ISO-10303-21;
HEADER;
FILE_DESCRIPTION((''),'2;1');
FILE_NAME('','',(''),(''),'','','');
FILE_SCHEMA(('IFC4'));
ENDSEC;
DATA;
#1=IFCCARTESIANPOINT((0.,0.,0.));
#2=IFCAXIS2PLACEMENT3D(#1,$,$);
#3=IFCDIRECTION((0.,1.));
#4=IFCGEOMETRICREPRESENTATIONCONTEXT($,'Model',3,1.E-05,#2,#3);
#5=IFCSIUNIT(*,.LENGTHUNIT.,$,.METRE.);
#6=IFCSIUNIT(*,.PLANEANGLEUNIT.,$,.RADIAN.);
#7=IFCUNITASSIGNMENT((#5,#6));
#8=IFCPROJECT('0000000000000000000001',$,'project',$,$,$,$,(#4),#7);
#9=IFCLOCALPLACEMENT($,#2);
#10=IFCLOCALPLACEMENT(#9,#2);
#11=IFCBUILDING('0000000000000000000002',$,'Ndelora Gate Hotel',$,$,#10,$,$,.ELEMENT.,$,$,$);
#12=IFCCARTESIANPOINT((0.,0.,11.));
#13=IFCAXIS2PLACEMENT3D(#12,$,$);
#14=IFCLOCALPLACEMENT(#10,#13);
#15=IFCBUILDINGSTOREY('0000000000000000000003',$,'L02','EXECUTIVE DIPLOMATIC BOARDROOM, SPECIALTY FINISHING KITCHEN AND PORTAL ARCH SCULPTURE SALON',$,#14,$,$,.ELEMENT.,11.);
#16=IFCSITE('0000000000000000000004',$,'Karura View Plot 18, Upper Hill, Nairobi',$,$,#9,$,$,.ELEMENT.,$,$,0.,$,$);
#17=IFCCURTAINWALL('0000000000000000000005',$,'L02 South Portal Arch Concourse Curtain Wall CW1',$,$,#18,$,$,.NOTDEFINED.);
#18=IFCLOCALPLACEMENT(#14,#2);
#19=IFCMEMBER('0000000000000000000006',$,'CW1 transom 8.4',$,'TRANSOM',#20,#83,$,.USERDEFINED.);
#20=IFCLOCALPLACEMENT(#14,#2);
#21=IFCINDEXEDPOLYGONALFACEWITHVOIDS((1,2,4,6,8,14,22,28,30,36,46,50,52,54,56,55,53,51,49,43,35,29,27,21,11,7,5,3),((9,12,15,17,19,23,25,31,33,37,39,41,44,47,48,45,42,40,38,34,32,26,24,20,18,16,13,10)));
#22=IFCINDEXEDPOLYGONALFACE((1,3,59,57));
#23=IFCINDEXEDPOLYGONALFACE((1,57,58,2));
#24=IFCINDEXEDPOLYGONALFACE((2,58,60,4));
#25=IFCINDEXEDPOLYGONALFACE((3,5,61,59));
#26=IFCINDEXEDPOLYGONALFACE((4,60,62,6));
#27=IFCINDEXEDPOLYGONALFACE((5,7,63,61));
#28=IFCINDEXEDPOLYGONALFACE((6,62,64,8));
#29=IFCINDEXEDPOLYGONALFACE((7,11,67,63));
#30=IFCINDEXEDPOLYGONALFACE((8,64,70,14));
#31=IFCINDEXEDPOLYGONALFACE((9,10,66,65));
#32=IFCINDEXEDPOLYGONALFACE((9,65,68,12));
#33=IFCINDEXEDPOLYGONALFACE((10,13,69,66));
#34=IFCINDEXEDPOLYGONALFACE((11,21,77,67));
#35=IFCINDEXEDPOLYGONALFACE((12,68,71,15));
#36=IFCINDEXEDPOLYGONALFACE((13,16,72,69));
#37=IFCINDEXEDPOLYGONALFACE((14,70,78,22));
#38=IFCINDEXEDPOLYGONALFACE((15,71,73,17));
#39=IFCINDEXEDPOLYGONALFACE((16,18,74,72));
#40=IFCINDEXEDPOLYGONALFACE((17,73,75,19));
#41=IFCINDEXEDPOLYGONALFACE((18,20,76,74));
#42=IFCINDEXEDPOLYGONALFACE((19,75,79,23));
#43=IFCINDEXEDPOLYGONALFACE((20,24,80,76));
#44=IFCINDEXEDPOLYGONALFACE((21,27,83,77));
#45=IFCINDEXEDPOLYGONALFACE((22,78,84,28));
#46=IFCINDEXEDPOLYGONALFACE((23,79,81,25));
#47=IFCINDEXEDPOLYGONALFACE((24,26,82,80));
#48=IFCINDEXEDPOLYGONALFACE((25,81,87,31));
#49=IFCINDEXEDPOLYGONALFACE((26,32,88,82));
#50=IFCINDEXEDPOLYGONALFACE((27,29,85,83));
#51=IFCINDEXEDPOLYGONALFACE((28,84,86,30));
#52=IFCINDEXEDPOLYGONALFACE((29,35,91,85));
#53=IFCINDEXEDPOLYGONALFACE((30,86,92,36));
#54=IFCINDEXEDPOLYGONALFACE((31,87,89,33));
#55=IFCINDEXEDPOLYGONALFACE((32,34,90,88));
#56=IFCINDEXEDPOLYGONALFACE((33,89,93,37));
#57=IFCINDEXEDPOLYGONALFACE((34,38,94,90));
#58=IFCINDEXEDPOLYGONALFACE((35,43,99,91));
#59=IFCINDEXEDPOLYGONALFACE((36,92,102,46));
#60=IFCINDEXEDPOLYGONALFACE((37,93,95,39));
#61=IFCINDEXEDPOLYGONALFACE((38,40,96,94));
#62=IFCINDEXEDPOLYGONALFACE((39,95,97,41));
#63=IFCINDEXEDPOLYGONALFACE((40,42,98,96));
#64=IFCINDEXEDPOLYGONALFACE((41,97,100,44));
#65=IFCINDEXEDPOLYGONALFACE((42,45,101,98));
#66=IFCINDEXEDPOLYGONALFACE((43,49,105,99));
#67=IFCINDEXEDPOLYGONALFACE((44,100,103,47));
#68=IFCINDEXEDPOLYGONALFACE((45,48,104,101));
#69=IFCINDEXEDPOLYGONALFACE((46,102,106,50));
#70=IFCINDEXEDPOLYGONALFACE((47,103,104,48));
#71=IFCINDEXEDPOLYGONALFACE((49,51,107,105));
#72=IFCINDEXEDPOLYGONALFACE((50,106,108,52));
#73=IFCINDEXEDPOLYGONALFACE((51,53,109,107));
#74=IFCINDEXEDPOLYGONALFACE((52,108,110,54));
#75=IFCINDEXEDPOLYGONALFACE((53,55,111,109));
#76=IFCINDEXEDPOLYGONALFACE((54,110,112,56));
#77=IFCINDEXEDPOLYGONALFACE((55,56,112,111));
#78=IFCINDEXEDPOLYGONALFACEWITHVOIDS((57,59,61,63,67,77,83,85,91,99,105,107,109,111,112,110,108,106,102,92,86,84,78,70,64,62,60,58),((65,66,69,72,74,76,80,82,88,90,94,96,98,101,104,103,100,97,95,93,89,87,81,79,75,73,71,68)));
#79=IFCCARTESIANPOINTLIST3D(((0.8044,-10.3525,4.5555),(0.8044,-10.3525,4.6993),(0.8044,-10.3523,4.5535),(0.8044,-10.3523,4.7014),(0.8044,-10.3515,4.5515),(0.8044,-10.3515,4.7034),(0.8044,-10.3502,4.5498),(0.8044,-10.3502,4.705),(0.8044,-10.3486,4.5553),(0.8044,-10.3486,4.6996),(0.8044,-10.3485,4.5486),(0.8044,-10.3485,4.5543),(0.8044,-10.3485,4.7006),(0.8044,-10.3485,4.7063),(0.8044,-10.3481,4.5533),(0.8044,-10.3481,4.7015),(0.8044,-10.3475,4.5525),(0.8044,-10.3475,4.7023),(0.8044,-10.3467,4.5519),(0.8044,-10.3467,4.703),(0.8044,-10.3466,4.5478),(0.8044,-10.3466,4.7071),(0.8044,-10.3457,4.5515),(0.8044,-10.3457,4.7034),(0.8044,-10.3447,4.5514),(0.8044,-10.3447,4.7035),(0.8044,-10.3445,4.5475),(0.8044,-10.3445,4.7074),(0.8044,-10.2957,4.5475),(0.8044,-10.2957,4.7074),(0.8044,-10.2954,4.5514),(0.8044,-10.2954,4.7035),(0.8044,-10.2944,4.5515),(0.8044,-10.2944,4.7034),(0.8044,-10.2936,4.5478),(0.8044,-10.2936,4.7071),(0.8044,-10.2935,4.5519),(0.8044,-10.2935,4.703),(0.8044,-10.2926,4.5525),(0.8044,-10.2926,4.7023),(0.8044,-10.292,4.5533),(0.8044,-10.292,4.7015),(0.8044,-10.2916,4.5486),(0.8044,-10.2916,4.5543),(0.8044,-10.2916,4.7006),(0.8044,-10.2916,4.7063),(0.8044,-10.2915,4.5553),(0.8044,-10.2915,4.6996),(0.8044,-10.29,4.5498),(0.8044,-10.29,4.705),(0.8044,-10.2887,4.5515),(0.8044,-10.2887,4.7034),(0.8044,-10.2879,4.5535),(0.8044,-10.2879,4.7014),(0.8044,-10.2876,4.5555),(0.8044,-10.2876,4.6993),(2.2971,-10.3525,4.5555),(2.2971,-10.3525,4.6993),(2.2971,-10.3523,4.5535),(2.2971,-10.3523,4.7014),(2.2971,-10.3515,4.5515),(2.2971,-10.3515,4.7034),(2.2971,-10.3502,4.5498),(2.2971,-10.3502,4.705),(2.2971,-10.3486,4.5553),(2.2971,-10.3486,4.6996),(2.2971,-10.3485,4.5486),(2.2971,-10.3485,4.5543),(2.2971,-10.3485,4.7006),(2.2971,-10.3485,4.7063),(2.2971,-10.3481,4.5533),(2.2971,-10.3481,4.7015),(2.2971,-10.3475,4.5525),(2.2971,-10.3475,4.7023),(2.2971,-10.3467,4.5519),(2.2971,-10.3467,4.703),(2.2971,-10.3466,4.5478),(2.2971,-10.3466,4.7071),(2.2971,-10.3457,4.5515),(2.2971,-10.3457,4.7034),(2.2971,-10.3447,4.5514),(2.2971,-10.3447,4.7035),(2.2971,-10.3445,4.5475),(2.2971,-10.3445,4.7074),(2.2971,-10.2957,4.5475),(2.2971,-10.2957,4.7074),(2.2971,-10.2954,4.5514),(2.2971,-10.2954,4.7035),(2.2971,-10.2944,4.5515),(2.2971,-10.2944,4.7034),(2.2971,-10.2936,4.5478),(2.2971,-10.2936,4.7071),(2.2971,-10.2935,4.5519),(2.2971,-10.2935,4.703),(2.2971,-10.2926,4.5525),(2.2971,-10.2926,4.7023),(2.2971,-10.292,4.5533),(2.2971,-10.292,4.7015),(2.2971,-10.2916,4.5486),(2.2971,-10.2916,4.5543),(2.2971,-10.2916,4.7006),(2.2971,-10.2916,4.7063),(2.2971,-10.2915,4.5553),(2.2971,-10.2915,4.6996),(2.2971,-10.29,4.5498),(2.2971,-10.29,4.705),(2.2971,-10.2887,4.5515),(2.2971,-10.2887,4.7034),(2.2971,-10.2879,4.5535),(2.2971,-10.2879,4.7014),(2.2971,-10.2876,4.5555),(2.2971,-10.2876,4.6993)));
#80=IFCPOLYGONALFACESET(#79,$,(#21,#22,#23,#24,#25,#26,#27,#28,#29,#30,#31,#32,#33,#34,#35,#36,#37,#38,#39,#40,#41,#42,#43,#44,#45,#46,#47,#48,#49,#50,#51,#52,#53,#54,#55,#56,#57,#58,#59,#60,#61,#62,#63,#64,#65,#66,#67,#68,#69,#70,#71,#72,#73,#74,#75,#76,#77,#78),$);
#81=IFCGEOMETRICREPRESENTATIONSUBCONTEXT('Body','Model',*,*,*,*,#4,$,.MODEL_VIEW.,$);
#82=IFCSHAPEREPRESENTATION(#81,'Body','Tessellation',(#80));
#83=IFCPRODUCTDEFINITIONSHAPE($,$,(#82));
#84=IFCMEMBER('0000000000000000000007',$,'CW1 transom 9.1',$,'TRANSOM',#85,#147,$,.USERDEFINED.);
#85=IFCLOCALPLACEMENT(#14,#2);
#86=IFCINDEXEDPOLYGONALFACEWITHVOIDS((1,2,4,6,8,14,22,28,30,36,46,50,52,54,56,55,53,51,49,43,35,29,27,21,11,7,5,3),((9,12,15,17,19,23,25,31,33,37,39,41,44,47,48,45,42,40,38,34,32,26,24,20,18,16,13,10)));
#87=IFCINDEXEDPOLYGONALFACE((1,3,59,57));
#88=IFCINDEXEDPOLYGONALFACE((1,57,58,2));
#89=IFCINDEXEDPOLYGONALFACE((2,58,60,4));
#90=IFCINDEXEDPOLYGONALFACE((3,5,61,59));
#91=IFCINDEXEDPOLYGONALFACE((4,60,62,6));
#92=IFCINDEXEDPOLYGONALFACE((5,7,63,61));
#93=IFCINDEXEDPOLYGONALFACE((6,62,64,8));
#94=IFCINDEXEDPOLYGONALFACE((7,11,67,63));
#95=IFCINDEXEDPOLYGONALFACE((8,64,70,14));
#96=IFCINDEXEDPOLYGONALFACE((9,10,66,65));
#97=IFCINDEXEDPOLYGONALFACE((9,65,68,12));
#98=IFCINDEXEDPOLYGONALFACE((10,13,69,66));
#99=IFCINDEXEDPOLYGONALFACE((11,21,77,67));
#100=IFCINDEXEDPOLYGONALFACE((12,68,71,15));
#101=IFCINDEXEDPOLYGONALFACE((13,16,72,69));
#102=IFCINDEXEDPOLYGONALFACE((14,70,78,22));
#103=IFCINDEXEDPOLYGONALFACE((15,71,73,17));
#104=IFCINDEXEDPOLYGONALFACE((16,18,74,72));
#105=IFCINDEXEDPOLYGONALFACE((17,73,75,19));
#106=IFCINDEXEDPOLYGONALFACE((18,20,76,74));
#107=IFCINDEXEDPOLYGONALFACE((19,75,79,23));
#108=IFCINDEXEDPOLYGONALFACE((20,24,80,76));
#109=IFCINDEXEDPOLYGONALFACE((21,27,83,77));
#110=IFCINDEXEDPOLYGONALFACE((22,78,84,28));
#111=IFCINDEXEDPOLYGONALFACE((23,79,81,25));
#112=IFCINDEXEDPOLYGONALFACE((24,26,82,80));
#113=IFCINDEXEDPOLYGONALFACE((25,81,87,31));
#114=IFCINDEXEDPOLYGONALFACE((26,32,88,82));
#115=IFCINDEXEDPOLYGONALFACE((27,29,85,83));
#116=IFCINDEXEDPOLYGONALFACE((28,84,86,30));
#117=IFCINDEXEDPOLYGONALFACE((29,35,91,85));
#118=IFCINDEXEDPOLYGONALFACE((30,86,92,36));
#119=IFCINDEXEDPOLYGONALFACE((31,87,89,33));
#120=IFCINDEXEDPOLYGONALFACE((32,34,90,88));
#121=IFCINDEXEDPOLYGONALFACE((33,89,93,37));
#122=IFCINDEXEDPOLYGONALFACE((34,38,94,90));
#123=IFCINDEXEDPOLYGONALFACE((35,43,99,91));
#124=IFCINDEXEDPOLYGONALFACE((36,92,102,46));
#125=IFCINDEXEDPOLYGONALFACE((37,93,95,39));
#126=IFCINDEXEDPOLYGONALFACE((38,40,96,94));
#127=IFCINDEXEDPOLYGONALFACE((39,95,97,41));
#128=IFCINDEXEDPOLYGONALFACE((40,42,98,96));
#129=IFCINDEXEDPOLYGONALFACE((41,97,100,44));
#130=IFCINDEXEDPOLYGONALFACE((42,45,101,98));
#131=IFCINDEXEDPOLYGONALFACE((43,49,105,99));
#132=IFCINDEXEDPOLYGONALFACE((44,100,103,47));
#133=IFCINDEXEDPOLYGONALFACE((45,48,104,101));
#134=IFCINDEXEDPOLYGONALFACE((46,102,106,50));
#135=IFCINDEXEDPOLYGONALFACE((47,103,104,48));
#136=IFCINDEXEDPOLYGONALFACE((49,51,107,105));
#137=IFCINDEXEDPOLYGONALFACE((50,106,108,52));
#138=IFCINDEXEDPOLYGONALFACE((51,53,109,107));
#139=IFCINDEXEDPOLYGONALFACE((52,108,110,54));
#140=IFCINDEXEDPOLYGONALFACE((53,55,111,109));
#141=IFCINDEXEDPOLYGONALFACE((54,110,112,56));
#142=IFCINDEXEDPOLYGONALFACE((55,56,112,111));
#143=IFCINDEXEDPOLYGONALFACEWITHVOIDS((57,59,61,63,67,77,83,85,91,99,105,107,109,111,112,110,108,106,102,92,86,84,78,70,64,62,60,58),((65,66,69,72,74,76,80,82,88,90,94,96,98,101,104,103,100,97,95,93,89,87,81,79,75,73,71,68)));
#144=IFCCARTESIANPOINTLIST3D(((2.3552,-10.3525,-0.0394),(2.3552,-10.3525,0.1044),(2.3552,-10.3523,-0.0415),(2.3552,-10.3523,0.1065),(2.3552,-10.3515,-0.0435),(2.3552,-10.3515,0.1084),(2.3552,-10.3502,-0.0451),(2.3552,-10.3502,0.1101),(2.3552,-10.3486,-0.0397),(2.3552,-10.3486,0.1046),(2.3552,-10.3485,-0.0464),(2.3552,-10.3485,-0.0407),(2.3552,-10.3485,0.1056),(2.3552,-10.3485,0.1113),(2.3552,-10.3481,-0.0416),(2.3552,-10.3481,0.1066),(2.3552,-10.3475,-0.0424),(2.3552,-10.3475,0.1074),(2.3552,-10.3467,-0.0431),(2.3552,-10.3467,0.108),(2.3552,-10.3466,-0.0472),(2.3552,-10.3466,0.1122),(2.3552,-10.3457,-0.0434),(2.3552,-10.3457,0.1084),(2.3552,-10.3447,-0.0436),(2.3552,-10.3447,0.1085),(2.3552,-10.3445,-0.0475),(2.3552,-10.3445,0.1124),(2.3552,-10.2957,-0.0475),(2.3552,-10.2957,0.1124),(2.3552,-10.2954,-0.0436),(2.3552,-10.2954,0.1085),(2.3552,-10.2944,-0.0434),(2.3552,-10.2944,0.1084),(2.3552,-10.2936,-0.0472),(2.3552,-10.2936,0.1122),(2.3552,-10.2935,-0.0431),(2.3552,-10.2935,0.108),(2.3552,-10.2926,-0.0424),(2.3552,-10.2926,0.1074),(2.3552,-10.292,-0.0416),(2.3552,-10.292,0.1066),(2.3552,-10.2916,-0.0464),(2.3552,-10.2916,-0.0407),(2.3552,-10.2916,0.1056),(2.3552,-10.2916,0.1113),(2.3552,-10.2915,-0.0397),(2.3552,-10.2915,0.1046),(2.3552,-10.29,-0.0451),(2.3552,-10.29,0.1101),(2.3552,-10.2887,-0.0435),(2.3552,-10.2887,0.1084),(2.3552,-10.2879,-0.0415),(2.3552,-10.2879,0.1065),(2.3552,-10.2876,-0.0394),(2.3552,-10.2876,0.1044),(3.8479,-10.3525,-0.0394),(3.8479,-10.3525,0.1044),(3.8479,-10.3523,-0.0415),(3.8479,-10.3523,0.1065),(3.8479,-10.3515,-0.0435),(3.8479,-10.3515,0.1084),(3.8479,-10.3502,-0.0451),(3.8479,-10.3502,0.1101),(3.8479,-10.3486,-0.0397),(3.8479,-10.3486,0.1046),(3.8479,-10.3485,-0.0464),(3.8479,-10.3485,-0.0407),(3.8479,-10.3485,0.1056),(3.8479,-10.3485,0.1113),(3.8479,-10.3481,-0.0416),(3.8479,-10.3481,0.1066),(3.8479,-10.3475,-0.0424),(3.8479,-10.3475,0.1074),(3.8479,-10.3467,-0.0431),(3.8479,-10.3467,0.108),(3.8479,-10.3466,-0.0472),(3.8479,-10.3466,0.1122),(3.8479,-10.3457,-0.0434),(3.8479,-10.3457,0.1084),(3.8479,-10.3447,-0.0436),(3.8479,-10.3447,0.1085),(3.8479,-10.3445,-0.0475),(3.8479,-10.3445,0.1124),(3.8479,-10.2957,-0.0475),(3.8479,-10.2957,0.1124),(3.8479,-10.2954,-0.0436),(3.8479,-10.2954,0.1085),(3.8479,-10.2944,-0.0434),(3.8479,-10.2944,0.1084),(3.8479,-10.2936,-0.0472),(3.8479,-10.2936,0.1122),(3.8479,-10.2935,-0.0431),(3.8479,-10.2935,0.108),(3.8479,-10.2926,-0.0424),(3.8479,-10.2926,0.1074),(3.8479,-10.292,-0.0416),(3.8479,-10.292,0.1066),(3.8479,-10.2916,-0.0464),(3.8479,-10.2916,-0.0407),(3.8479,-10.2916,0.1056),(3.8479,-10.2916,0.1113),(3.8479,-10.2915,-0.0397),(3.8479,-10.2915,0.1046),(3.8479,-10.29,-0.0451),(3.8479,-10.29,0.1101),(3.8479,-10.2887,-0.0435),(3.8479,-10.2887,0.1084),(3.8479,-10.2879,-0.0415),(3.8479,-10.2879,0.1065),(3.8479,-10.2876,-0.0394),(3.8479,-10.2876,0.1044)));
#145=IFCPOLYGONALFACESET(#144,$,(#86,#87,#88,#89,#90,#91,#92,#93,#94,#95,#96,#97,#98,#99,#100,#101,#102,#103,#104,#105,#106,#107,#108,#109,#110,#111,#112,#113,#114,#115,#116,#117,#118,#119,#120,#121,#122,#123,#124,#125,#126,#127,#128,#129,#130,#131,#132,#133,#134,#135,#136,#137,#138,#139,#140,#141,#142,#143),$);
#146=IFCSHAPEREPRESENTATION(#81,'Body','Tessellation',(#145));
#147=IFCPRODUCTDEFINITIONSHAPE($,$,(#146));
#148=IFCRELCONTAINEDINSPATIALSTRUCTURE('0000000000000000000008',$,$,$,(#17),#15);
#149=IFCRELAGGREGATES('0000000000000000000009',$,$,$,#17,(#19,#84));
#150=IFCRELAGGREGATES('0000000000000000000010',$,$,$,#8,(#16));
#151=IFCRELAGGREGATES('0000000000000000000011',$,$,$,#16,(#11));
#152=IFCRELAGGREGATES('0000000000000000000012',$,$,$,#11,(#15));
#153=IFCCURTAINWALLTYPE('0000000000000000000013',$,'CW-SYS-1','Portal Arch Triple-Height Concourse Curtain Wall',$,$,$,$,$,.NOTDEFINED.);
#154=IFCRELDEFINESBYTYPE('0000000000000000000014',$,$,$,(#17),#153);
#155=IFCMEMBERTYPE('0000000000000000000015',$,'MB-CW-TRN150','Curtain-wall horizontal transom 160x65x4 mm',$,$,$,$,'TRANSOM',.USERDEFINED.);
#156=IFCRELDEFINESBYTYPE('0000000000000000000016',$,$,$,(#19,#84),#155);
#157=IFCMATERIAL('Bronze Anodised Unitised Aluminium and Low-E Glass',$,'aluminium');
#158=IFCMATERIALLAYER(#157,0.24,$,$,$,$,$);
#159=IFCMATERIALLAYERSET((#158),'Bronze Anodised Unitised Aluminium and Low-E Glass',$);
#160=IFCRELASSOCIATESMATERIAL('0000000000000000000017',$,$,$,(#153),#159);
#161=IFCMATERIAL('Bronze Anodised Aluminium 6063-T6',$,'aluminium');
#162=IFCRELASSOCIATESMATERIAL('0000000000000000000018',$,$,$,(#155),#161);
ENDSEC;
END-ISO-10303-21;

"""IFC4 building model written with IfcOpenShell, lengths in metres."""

from ifc_helpers import new_model, si_unit, direction, frame, origin, origin_2d, place, context, subcontext, project, spatial, hollow_rectangle, extrude, material, layer, layer_set, material_profile, profile_set, type_object, element, aggregate, save


model = new_model("IFC4")

# Units and contexts
model_context = context("Model", 3, precision=1e-05, world=origin(), true_north=direction((0.0, 1.0)))
body_context = subcontext(model_context, "Body", "Model", "MODEL_VIEW")
ifc_project = project(units=[si_unit("LENGTHUNIT", "METRE"), si_unit("PLANEANGLEUNIT", "RADIAN")], contexts=[model_context])

# Site, building, storey
site_placement = place(None, origin())
site = spatial("IfcSite", under=ifc_project, at=site_placement, Name="Karura View Plot 18, Upper Hill, Nairobi", CompositionType="ELEMENT", RefElevation=0.0)
building_placement = place(site_placement, origin())
building = spatial("IfcBuilding", under=site, at=building_placement, Name="Ndelora Gate Hotel", CompositionType="ELEMENT")
storey_placement = place(building_placement, frame((0.0, 0.0, 11.0)))
storey = spatial("IfcBuildingStorey", under=building, at=storey_placement, Name="L02", Description="EXECUTIVE DIPLOMATIC BOARDROOM, SPECIALTY FINISHING KITCHEN AND PORTAL ARCH SCULPTURE SALON", CompositionType="ELEMENT", Elevation=11.0)

# Curtain wall, members
ifc_material_1 = material(Name="Bronze Anodised Unitised Aluminium and Low-E Glass", Category="aluminium")
ifc_layer_1 = layer(ifc_material_1, 0.24)
ifc_layer_set_1 = layer_set([ifc_layer_1], Name="Bronze Anodised Unitised Aluminium and Low-E Glass")
curtain_wall_type = type_object("IfcCurtainWallType", Name="CW-SYS-1", Description="Portal Arch Triple-Height Concourse Curtain Wall", PredefinedType="NOTDEFINED", material=ifc_layer_set_1)
curtain_wall_placement = place(storey_placement, origin())
curtain_wall = element("IfcCurtainWall", 1, at=curtain_wall_placement, inside=storey, type_object=curtain_wall_type, Name="L02 South Portal Arch Concourse Curtain Wall CW1", PredefinedType="NOTDEFINED")
ifc_material_2 = material(Name="Bronze Anodised Aluminium 6063-T6", Category="aluminium")
ifc_material_profile_1 = material_profile(ifc_material_2, hollow_rectangle(XDim=0.0649, YDim=0.1599, WallThickness=0.0039, InnerFilletRadius=0.0039, OuterFilletRadius=0.0081, at=origin_2d()), Name="ALU 160x65x4")
ifc_profile_set_1 = profile_set([ifc_material_profile_1], Name="Bronze Anodised Aluminium 6063-T6")
member_type_1 = type_object("IfcMemberType", Name="MB-CW-TRN150", Description="Curtain-wall horizontal transom 160x65x4 mm", ElementType="TRANSOM", PredefinedType="USERDEFINED", material=ifc_profile_set_1)
member_1_placement = place(storey_placement, frame((0.8044, -10.3201, 4.6274), z_axis=(1.0, 0.0, 0.0), x_axis=(0.0, 1.0, 0.0)))
member_1 = element("IfcMember", 2, at=member_1_placement, type_object=member_type_1, Name="CW1 transom 8.4", ObjectType="TRANSOM", PredefinedType="USERDEFINED", context=body_context, shape_type="SweptSolid", body=[
    extrude(hollow_rectangle(XDim=0.0649, YDim=0.1599, WallThickness=0.0039, InnerFilletRadius=0.0039, OuterFilletRadius=0.0081, at=origin_2d()), origin(), (0.0, 0.0, 1.0), 1.4927),
])
member_2_placement = place(storey_placement, frame((2.3552, -10.3201, 0.0325), z_axis=(1.0, 0.0, 0.0), x_axis=(0.0, 1.0, 0.0)))
member_2 = element("IfcMember", 3, at=member_2_placement, type_object=member_type_1, Name="CW1 transom 9.1", ObjectType="TRANSOM", PredefinedType="USERDEFINED", context=body_context, shape_type="SweptSolid", body=[
    extrude(hollow_rectangle(XDim=0.0649, YDim=0.1599, WallThickness=0.0039, InnerFilletRadius=0.0039, OuterFilletRadius=0.0081, at=origin_2d()), origin(), (0.0, 0.0, 1.0), 1.4927),
])
aggregate(curtain_wall, [member_1, member_2])

save(model, "model.ifc")
